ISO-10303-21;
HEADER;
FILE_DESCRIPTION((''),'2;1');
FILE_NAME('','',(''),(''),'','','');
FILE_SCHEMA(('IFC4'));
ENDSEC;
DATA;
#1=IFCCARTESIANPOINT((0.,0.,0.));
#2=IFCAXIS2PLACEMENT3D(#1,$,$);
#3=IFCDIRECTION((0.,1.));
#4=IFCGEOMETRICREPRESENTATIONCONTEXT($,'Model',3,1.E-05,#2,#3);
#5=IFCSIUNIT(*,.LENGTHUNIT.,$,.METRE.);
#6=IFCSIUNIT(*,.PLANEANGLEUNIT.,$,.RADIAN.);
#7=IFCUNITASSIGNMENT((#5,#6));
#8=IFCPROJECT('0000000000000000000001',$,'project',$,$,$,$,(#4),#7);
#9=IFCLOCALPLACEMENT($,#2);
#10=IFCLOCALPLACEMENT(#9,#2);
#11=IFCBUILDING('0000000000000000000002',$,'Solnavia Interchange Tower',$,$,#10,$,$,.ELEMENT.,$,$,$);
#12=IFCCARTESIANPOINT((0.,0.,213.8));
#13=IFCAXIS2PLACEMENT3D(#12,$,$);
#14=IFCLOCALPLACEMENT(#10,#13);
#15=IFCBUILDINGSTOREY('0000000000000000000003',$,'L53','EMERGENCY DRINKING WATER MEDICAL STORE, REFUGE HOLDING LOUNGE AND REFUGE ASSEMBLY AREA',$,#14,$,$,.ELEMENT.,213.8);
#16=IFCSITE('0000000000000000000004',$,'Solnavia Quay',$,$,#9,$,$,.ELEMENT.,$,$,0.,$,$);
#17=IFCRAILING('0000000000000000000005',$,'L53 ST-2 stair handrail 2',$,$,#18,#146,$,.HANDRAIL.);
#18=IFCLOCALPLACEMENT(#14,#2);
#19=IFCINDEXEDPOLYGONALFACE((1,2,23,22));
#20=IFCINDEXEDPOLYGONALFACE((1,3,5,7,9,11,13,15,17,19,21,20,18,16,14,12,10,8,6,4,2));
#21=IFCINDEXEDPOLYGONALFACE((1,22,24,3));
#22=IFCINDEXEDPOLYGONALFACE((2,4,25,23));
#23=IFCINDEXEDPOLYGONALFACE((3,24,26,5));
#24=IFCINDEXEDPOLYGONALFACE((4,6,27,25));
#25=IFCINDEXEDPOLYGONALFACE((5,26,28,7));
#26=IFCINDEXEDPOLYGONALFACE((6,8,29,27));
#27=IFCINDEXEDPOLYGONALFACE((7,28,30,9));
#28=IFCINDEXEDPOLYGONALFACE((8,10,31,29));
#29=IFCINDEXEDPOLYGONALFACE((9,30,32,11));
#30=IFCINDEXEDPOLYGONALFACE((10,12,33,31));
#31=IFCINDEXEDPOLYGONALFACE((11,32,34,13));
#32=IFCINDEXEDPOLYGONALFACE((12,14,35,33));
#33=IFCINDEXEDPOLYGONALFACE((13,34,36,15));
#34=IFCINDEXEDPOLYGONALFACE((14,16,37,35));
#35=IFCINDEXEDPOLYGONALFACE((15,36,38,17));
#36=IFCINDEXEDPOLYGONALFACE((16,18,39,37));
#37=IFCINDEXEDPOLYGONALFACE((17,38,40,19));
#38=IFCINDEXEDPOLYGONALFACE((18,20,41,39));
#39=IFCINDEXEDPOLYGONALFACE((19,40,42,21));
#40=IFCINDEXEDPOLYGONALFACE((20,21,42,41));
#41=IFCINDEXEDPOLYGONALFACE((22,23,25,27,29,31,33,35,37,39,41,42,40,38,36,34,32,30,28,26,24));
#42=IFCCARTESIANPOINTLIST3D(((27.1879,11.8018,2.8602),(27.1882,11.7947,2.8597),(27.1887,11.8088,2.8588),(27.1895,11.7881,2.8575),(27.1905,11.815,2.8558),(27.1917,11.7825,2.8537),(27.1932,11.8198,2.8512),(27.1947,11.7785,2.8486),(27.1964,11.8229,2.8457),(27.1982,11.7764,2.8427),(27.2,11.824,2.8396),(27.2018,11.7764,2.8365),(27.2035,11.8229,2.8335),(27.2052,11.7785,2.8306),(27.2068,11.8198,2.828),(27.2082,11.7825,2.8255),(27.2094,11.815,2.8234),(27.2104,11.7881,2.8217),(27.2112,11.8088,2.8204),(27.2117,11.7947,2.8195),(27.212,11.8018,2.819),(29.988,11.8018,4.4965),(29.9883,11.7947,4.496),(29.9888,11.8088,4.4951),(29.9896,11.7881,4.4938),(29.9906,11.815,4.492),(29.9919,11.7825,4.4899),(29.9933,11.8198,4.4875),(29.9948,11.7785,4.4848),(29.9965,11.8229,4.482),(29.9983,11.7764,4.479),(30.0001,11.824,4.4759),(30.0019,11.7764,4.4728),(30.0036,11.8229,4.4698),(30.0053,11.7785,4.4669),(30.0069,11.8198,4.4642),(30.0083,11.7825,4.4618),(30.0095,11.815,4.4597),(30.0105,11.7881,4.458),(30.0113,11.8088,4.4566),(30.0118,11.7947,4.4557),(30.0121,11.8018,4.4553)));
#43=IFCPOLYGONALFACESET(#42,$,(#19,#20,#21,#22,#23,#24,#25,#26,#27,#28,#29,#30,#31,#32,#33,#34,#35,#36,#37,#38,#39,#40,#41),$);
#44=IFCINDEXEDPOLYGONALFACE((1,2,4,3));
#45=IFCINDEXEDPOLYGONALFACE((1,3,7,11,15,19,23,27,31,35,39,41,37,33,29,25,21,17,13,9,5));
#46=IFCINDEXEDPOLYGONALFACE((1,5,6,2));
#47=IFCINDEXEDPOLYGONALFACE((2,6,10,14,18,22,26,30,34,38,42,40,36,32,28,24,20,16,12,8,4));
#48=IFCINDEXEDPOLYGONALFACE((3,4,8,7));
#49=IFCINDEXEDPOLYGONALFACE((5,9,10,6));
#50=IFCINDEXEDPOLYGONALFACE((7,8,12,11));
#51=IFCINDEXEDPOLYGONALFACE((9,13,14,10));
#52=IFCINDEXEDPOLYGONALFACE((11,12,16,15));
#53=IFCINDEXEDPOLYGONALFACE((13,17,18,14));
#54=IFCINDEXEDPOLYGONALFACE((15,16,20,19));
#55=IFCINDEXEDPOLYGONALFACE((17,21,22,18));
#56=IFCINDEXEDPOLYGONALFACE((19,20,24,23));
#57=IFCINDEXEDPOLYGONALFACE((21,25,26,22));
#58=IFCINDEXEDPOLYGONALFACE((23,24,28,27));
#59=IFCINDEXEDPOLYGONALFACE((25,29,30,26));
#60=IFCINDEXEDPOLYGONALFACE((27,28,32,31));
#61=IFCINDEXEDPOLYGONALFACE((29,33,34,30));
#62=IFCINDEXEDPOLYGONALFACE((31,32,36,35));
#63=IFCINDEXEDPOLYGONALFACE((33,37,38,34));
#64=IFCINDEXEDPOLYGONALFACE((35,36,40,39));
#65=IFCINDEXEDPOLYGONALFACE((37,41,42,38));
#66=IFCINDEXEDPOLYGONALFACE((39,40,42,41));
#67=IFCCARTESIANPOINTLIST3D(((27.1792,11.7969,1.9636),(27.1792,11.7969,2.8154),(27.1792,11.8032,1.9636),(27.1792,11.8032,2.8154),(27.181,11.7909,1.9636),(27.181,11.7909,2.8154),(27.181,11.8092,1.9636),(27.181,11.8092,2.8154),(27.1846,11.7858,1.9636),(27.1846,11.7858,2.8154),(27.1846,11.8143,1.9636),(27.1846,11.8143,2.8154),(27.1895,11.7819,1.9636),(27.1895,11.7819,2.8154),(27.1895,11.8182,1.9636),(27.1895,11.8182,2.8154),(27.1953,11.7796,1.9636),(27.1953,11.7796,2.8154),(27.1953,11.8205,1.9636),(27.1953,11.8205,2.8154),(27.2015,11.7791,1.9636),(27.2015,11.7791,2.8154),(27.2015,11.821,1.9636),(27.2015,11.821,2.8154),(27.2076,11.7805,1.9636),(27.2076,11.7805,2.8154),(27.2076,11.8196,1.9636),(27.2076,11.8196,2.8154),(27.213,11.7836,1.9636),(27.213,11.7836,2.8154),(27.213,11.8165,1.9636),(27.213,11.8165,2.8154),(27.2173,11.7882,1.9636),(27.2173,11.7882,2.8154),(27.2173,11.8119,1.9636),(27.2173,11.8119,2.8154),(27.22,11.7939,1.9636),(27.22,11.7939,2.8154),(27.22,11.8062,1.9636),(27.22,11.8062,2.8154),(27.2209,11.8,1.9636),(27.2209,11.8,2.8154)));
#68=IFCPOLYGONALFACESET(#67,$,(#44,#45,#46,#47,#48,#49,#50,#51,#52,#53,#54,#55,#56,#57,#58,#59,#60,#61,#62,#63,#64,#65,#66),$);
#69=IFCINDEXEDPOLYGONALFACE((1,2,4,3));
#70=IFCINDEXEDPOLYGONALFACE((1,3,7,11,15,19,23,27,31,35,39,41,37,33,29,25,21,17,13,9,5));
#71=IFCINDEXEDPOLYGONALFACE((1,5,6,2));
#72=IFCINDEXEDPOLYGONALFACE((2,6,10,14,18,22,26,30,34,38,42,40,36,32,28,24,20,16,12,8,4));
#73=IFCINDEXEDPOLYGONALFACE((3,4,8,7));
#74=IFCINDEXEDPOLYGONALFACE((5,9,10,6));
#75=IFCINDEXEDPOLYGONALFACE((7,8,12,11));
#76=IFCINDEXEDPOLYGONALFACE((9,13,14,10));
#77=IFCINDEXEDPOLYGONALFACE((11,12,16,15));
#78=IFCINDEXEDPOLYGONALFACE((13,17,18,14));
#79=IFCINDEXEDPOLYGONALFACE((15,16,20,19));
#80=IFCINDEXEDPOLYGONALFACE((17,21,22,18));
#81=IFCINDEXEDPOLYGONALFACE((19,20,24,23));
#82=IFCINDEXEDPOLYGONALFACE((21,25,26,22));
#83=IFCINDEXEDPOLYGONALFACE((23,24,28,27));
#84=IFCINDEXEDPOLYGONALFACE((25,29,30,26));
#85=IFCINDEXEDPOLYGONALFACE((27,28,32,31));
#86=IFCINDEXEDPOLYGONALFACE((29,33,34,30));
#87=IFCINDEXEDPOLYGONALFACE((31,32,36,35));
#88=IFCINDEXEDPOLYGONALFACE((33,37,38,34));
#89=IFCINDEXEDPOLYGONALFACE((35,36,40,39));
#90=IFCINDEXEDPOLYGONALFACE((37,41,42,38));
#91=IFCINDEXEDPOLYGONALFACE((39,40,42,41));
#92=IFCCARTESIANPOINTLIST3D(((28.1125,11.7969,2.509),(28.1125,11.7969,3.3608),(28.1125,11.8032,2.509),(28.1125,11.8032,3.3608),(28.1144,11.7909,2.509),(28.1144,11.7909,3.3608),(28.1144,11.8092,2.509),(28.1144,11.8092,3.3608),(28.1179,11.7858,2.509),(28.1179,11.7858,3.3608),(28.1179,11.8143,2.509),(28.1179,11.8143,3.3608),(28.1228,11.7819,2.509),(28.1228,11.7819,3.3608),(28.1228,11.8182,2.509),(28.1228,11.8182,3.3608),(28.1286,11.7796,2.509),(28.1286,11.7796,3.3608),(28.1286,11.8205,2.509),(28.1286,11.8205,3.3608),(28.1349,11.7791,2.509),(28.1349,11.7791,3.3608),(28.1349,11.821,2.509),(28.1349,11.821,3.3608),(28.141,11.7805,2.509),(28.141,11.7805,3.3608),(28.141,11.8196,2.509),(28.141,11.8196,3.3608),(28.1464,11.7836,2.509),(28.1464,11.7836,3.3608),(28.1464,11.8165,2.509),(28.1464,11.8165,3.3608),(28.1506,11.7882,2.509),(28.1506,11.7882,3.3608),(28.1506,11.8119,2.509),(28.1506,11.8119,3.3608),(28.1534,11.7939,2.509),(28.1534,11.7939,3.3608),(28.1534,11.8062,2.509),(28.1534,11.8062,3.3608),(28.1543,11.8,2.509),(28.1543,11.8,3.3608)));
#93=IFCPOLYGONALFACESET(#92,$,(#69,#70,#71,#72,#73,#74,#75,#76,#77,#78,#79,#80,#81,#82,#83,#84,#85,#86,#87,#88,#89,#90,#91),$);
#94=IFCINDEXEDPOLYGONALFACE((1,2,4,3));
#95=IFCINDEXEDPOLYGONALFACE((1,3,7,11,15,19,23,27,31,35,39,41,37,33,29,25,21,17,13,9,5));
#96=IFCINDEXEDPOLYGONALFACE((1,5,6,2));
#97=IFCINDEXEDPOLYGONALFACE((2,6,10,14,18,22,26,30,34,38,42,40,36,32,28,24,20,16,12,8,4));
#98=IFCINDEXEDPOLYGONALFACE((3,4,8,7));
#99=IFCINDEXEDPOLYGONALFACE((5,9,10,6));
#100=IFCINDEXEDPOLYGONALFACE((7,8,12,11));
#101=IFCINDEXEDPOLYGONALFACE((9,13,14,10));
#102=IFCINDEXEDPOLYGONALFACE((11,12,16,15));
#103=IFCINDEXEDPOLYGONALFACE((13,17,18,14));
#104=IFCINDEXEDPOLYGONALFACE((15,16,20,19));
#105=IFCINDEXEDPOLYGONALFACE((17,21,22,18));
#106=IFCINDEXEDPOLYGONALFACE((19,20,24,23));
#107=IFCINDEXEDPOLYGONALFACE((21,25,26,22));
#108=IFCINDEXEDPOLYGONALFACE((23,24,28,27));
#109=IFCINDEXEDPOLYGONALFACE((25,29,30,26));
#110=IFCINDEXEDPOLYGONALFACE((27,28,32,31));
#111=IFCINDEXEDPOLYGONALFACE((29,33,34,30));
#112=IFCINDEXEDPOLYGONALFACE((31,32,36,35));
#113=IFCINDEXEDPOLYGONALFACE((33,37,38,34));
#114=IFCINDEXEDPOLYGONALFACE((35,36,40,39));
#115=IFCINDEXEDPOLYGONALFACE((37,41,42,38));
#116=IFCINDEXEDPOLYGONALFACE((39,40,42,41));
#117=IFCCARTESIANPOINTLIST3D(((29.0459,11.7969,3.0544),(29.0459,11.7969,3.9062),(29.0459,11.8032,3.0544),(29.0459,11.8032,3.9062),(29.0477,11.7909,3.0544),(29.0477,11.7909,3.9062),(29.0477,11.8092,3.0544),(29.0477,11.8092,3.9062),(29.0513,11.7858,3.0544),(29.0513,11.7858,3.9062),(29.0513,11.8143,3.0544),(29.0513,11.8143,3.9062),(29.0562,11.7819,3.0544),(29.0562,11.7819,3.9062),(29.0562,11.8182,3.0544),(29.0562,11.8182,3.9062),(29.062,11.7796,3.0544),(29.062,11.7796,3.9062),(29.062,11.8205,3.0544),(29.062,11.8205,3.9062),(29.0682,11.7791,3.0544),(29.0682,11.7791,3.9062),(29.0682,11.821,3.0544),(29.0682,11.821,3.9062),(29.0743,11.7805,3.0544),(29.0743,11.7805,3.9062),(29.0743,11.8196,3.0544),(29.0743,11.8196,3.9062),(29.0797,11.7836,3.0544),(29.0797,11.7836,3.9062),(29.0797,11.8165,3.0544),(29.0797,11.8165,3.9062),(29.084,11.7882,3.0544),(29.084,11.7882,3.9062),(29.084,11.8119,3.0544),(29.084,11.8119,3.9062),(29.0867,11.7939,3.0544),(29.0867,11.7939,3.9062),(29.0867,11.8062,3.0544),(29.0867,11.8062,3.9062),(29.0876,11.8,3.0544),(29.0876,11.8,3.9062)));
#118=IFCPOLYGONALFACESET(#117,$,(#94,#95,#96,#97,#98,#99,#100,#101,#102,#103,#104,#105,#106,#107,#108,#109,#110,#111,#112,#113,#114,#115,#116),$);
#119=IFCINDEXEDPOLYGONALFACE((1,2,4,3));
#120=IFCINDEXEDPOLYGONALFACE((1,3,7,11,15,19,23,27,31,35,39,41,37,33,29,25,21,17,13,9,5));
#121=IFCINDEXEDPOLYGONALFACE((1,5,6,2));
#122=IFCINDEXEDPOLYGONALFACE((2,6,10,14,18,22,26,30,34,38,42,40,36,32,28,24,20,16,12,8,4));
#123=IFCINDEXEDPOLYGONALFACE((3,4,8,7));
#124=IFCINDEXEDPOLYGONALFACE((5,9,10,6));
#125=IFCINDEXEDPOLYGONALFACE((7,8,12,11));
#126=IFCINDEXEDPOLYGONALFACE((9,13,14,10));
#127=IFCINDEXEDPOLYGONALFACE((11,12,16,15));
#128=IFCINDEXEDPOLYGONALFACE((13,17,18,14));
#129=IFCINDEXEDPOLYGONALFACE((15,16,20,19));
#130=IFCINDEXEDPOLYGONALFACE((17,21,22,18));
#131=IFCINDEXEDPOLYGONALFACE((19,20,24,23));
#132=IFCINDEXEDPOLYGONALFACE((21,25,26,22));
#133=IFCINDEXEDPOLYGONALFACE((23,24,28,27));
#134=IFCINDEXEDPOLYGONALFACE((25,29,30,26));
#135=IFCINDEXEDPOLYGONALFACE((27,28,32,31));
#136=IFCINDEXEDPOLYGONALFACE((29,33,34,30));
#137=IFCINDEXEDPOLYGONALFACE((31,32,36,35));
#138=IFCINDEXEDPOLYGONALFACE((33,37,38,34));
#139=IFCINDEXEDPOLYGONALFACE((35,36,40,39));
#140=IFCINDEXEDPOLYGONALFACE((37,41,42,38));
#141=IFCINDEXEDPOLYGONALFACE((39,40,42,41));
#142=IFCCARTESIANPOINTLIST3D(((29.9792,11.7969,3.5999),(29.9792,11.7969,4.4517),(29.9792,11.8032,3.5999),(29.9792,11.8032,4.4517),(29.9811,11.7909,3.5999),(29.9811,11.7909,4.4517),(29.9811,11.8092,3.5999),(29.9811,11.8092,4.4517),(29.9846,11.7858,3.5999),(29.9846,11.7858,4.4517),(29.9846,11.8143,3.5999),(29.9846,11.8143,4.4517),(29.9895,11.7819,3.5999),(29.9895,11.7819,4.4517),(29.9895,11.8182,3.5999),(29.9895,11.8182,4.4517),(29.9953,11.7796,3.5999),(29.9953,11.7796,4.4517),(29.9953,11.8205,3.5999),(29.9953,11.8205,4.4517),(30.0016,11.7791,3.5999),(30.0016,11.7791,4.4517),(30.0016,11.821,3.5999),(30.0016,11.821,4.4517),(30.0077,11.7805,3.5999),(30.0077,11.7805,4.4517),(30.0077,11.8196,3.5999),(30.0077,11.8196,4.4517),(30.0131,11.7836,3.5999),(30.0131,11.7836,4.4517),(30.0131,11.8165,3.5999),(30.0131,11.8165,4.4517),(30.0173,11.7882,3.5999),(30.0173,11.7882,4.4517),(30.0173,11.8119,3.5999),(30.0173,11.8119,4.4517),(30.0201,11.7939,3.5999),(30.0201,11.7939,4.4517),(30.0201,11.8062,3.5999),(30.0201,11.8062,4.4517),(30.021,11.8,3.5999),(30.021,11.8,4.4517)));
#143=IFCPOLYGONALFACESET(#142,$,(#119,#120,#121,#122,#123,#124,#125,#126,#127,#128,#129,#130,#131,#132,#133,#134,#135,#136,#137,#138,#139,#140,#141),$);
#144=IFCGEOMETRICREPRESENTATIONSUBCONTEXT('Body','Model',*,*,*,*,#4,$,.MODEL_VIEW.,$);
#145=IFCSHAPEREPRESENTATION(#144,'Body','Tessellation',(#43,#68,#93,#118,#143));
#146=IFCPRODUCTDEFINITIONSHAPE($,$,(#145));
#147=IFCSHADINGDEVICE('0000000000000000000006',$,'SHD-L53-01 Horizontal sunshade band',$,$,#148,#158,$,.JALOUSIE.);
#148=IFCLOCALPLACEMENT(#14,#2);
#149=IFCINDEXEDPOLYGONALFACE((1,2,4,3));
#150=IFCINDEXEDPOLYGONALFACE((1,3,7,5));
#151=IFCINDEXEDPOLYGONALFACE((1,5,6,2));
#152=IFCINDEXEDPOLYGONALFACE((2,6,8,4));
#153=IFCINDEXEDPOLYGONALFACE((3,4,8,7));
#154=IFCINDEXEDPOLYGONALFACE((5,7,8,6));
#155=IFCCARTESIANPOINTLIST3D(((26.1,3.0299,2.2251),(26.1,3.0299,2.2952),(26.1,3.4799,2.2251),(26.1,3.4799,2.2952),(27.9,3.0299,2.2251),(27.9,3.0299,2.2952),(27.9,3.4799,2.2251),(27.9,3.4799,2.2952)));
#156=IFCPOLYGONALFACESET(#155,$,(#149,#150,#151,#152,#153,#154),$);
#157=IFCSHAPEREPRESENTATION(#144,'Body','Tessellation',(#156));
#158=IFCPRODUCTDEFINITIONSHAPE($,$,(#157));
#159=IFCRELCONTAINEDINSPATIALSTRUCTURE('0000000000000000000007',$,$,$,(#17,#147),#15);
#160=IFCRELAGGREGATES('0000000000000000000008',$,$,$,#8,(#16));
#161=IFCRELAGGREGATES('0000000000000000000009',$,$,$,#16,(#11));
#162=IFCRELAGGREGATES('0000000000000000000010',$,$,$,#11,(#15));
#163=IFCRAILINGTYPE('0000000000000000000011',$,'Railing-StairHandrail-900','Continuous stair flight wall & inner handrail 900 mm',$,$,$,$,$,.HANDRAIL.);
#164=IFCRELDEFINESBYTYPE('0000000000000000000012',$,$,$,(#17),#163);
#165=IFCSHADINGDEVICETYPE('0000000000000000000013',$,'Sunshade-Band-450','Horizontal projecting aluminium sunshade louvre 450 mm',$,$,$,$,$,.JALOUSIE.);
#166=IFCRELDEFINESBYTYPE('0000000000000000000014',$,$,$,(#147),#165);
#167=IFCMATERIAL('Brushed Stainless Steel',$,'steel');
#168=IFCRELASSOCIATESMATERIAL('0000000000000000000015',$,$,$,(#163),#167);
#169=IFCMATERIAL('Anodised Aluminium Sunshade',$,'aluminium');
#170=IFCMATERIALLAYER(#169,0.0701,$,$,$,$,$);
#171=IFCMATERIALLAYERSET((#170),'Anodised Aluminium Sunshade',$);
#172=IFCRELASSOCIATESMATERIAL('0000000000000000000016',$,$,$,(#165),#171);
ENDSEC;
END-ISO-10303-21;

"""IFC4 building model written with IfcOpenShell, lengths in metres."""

from ifc_helpers import new_model, si_unit, direction, frame, origin, origin_2d, place, context, subcontext, project, spatial, rectangle, circle, extrude, material, layer, layer_set, type_object, element, save


model = new_model("IFC4")

# Units and contexts
model_context = context("Model", 3, precision=1e-05, world=origin(), true_north=direction((0.0, 1.0)))
body_context = subcontext(model_context, "Body", "Model", "MODEL_VIEW")
ifc_project = project(units=[si_unit("LENGTHUNIT", "METRE"), si_unit("PLANEANGLEUNIT", "RADIAN")], contexts=[model_context])

# Site, building, storey
site_placement = place(None, origin())
site = spatial("IfcSite", under=ifc_project, at=site_placement, Name="Solnavia Quay", CompositionType="ELEMENT", RefElevation=0.0)
building_placement = place(site_placement, origin())
building = spatial("IfcBuilding", under=site, at=building_placement, Name="Solnavia Interchange Tower", CompositionType="ELEMENT")
storey_placement = place(building_placement, frame((0.0, 0.0, 213.8)))
storey = spatial("IfcBuildingStorey", under=building, at=storey_placement, Name="L53", Description="EMERGENCY DRINKING WATER MEDICAL STORE, REFUGE HOLDING LOUNGE AND REFUGE ASSEMBLY AREA", CompositionType="ELEMENT", Elevation=213.8)

# Railing
ifc_material_1 = material(Name="Brushed Stainless Steel", Category="steel")
railing_type_1 = type_object("IfcRailingType", Name="Railing-StairHandrail-900", Description="Continuous stair flight wall & inner handrail 900 mm", PredefinedType="HANDRAIL", material=ifc_material_1)
railing_1_placement = place(storey_placement, frame((27.2, 11.8, 1.9636)))
element("IfcRailing", 1, at=railing_1_placement, inside=storey, type_object=railing_type_1, Name="L53 ST-2 stair handrail 2", PredefinedType="HANDRAIL", context=body_context, shape_type="SweptSolid", body=[
    extrude(circle(Radius=0.0239, at=origin_2d()), frame((0.0, 0.0, 0.876), z_axis=(0.863394, 0.0, 0.504531), x_axis=(0.0, 1.0, 0.0)), (0.0, 0.0, 1.0), 3.2432),
    extrude(circle(Radius=0.021, at=origin_2d()), origin(), (0.0, 0.0, 1.0), 0.8518),
    extrude(circle(Radius=0.021, at=origin_2d()), frame((0.9333, 0.0, 0.5454)), (0.0, 0.0, 1.0), 0.8518),
    extrude(circle(Radius=0.021, at=origin_2d()), frame((1.8667, 0.0, 1.0908)), (0.0, 0.0, 1.0), 0.8518),
    extrude(circle(Radius=0.021, at=origin_2d()), frame((2.8, 0.0, 1.6362)), (0.0, 0.0, 1.0), 0.8518),
])

# Shading device
ifc_material_2 = material(Name="Anodised Aluminium Sunshade", Category="aluminium")
ifc_layer_1 = layer(ifc_material_2, 0.0701)
ifc_layer_set_1 = layer_set([ifc_layer_1], Name="Anodised Aluminium Sunshade")
shading_device_type = type_object("IfcShadingDeviceType", Name="Sunshade-Band-450", Description="Horizontal projecting aluminium sunshade louvre 450 mm", PredefinedType="JALOUSIE", material=ifc_layer_set_1)
shading_device_placement = place(storey_placement, frame((27.0, 3.2549, 2.2251), z_axis=(0.0, 0.0, 1.0), x_axis=(-1.0, 0.0, 0.0)))
element("IfcShadingDevice", 2, at=shading_device_placement, inside=storey, type_object=shading_device_type, Name="SHD-L53-01 Horizontal sunshade band", PredefinedType="JALOUSIE", context=body_context, shape_type="SweptSolid", body=[
    extrude(rectangle(XDim=1.8, YDim=0.45, at=origin_2d()), origin(), (0.0, 0.0, 1.0), 0.0701),
])

save(model, "model.ifc")
